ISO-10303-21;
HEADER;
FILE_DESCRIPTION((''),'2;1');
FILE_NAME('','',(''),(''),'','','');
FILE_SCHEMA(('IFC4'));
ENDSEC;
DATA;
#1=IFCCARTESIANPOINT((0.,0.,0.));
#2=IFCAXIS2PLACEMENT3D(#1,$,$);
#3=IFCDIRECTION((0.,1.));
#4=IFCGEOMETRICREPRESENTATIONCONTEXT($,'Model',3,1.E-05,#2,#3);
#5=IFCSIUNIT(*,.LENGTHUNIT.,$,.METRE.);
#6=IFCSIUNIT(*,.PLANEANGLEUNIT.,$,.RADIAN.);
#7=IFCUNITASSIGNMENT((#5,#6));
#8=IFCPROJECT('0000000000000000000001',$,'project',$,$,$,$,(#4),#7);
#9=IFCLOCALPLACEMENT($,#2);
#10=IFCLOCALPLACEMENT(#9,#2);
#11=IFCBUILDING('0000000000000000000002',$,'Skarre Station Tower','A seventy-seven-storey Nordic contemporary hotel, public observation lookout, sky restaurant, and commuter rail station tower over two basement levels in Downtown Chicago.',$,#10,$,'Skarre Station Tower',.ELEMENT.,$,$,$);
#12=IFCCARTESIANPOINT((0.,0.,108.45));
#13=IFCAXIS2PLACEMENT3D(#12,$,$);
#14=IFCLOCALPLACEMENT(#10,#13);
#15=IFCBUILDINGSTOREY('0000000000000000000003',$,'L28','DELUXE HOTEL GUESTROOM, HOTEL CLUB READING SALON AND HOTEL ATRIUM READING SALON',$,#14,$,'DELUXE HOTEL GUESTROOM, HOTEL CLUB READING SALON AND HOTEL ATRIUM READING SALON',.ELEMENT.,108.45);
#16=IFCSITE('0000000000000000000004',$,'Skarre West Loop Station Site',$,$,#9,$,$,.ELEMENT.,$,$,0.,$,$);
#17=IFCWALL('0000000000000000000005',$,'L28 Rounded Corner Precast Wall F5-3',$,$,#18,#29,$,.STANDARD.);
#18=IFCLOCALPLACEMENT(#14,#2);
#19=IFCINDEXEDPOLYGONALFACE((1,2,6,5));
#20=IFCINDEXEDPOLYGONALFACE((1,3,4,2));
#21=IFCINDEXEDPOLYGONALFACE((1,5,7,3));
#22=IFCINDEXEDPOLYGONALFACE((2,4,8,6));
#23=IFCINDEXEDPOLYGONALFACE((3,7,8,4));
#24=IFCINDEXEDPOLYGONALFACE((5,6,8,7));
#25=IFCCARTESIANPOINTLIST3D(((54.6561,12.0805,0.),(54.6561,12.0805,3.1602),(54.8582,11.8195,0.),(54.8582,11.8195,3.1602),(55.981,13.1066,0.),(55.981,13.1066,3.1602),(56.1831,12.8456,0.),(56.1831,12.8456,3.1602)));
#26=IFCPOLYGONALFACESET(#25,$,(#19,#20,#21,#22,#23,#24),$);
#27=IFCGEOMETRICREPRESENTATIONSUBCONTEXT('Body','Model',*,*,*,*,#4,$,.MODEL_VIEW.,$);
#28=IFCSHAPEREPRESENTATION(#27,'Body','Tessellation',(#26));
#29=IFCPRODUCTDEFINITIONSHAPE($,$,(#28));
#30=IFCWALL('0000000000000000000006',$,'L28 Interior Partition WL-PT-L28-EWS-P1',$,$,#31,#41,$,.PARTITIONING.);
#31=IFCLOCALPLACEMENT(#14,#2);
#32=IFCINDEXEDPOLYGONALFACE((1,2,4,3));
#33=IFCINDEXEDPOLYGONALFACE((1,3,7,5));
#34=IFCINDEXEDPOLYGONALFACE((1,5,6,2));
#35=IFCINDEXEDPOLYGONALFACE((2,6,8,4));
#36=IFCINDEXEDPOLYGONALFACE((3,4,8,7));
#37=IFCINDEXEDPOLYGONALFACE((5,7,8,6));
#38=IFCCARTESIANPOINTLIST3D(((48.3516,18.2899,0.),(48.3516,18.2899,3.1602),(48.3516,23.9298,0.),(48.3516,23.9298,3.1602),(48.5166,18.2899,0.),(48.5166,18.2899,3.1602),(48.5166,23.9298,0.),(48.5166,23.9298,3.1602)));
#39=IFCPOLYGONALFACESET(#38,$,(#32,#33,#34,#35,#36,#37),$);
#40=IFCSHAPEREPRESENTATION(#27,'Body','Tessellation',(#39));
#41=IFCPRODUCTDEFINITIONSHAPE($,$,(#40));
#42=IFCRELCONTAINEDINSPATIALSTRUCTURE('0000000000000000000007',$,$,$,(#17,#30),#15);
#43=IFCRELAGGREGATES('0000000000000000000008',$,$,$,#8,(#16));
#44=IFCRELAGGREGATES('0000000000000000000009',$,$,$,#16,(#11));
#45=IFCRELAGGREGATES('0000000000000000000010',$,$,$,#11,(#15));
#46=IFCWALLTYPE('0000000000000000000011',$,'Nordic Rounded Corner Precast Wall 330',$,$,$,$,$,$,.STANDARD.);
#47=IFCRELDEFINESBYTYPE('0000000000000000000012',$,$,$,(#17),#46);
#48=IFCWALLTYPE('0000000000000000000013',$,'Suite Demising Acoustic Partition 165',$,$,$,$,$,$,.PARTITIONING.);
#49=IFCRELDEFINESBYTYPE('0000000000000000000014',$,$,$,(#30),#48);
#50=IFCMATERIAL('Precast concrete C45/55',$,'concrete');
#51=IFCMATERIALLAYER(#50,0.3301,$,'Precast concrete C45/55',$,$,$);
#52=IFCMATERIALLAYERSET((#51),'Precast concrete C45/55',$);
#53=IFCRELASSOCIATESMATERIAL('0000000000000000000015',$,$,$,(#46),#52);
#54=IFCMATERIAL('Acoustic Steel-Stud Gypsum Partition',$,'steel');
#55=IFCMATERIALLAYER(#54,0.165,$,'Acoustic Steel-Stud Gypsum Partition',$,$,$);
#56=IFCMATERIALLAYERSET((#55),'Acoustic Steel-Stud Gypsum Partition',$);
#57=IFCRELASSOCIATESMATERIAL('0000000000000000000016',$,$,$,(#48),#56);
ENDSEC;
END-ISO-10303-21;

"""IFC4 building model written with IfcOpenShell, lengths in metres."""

from ifc_helpers import new_model, si_unit, direction, frame, frame_2d, origin, place, context, subcontext, project, spatial, rectangle, extrude, material, layer, layer_set, type_object, element, save


model = new_model("IFC4")

# Units and contexts
model_context = context("Model", 3, precision=1e-05, world=origin(), true_north=direction((0.0, 1.0)))
body_context = subcontext(model_context, "Body", "Model", "MODEL_VIEW")
ifc_project = project(units=[si_unit("LENGTHUNIT", "METRE"), si_unit("PLANEANGLEUNIT", "RADIAN")], contexts=[model_context])

# Site, building, storey
site_placement = place(None, origin())
site = spatial("IfcSite", under=ifc_project, at=site_placement, Name="Skarre West Loop Station Site", CompositionType="ELEMENT", RefElevation=0.0)
building_placement = place(site_placement, origin())
building = spatial("IfcBuilding", under=site, at=building_placement, Name="Skarre Station Tower", Description="A seventy-seven-storey Nordic contemporary hotel, public observation lookout, sky restaurant, and commuter rail station tower over two basement levels in Downtown Chicago.", LongName="Skarre Station Tower", CompositionType="ELEMENT")
storey_placement = place(building_placement, frame((0.0, 0.0, 108.45)))
storey = spatial("IfcBuildingStorey", under=building, at=storey_placement, Name="L28", Description="DELUXE HOTEL GUESTROOM, HOTEL CLUB READING SALON AND HOTEL ATRIUM READING SALON", LongName="DELUXE HOTEL GUESTROOM, HOTEL CLUB READING SALON AND HOTEL ATRIUM READING SALON", CompositionType="ELEMENT", Elevation=108.45)

# Shared definitions
ifc_material_1 = material(Name="Acoustic Steel-Stud Gypsum Partition", Category="steel")

# Shared definitions
ifc_material_2 = material(Name="Precast concrete C45/55", Category="concrete")

# Walls
ifc_layer_1 = layer(ifc_material_2, 0.3301, Name="Precast concrete C45/55")
ifc_layer_set_1 = layer_set([ifc_layer_1], Name="Precast concrete C45/55")
wall_type_1 = type_object("IfcWallType", Name="Nordic Rounded Corner Precast Wall 330", PredefinedType="STANDARD", material=ifc_layer_set_1)
wall_1_placement = place(storey_placement, frame((56.082, 12.9761, 0.0), z_axis=(0.0, 0.0, 1.0), x_axis=(-0.790621, -0.612305, 0.0)))
element("IfcWall", 1, at=wall_1_placement, inside=storey, type_object=wall_type_1, Name="L28 Rounded Corner Precast Wall F5-3", PredefinedType="STANDARD", context=body_context, shape_type="SweptSolid", body=[
    extrude(rectangle(XDim=1.6758, YDim=0.3301, at=frame_2d((0.8379, 0.0))), origin(), (0.0, 0.0, 1.0), 3.1602),
])
ifc_layer_2 = layer(ifc_material_1, 0.165, Name="Acoustic Steel-Stud Gypsum Partition")
ifc_layer_set_2 = layer_set([ifc_layer_2], Name="Acoustic Steel-Stud Gypsum Partition")
wall_type_2 = type_object("IfcWallType", Name="Suite Demising Acoustic Partition 165", PredefinedType="PARTITIONING", material=ifc_layer_set_2)
wall_2_placement = place(storey_placement, frame((48.4341, 18.29, 0.0), z_axis=(0.0, 0.0, 1.0), x_axis=(0.0, 1.0, 0.0)))
element("IfcWall", 2, at=wall_2_placement, inside=storey, type_object=wall_type_2, Name="L28 Interior Partition WL-PT-L28-EWS-P1", PredefinedType="PARTITIONING", context=body_context, shape_type="SweptSolid", body=[
    extrude(rectangle(XDim=5.6399, YDim=0.165, at=frame_2d((2.8198, 0.0))), origin(), (0.0, 0.0, 1.0), 3.1602),
])

save(model, "model.ifc")
